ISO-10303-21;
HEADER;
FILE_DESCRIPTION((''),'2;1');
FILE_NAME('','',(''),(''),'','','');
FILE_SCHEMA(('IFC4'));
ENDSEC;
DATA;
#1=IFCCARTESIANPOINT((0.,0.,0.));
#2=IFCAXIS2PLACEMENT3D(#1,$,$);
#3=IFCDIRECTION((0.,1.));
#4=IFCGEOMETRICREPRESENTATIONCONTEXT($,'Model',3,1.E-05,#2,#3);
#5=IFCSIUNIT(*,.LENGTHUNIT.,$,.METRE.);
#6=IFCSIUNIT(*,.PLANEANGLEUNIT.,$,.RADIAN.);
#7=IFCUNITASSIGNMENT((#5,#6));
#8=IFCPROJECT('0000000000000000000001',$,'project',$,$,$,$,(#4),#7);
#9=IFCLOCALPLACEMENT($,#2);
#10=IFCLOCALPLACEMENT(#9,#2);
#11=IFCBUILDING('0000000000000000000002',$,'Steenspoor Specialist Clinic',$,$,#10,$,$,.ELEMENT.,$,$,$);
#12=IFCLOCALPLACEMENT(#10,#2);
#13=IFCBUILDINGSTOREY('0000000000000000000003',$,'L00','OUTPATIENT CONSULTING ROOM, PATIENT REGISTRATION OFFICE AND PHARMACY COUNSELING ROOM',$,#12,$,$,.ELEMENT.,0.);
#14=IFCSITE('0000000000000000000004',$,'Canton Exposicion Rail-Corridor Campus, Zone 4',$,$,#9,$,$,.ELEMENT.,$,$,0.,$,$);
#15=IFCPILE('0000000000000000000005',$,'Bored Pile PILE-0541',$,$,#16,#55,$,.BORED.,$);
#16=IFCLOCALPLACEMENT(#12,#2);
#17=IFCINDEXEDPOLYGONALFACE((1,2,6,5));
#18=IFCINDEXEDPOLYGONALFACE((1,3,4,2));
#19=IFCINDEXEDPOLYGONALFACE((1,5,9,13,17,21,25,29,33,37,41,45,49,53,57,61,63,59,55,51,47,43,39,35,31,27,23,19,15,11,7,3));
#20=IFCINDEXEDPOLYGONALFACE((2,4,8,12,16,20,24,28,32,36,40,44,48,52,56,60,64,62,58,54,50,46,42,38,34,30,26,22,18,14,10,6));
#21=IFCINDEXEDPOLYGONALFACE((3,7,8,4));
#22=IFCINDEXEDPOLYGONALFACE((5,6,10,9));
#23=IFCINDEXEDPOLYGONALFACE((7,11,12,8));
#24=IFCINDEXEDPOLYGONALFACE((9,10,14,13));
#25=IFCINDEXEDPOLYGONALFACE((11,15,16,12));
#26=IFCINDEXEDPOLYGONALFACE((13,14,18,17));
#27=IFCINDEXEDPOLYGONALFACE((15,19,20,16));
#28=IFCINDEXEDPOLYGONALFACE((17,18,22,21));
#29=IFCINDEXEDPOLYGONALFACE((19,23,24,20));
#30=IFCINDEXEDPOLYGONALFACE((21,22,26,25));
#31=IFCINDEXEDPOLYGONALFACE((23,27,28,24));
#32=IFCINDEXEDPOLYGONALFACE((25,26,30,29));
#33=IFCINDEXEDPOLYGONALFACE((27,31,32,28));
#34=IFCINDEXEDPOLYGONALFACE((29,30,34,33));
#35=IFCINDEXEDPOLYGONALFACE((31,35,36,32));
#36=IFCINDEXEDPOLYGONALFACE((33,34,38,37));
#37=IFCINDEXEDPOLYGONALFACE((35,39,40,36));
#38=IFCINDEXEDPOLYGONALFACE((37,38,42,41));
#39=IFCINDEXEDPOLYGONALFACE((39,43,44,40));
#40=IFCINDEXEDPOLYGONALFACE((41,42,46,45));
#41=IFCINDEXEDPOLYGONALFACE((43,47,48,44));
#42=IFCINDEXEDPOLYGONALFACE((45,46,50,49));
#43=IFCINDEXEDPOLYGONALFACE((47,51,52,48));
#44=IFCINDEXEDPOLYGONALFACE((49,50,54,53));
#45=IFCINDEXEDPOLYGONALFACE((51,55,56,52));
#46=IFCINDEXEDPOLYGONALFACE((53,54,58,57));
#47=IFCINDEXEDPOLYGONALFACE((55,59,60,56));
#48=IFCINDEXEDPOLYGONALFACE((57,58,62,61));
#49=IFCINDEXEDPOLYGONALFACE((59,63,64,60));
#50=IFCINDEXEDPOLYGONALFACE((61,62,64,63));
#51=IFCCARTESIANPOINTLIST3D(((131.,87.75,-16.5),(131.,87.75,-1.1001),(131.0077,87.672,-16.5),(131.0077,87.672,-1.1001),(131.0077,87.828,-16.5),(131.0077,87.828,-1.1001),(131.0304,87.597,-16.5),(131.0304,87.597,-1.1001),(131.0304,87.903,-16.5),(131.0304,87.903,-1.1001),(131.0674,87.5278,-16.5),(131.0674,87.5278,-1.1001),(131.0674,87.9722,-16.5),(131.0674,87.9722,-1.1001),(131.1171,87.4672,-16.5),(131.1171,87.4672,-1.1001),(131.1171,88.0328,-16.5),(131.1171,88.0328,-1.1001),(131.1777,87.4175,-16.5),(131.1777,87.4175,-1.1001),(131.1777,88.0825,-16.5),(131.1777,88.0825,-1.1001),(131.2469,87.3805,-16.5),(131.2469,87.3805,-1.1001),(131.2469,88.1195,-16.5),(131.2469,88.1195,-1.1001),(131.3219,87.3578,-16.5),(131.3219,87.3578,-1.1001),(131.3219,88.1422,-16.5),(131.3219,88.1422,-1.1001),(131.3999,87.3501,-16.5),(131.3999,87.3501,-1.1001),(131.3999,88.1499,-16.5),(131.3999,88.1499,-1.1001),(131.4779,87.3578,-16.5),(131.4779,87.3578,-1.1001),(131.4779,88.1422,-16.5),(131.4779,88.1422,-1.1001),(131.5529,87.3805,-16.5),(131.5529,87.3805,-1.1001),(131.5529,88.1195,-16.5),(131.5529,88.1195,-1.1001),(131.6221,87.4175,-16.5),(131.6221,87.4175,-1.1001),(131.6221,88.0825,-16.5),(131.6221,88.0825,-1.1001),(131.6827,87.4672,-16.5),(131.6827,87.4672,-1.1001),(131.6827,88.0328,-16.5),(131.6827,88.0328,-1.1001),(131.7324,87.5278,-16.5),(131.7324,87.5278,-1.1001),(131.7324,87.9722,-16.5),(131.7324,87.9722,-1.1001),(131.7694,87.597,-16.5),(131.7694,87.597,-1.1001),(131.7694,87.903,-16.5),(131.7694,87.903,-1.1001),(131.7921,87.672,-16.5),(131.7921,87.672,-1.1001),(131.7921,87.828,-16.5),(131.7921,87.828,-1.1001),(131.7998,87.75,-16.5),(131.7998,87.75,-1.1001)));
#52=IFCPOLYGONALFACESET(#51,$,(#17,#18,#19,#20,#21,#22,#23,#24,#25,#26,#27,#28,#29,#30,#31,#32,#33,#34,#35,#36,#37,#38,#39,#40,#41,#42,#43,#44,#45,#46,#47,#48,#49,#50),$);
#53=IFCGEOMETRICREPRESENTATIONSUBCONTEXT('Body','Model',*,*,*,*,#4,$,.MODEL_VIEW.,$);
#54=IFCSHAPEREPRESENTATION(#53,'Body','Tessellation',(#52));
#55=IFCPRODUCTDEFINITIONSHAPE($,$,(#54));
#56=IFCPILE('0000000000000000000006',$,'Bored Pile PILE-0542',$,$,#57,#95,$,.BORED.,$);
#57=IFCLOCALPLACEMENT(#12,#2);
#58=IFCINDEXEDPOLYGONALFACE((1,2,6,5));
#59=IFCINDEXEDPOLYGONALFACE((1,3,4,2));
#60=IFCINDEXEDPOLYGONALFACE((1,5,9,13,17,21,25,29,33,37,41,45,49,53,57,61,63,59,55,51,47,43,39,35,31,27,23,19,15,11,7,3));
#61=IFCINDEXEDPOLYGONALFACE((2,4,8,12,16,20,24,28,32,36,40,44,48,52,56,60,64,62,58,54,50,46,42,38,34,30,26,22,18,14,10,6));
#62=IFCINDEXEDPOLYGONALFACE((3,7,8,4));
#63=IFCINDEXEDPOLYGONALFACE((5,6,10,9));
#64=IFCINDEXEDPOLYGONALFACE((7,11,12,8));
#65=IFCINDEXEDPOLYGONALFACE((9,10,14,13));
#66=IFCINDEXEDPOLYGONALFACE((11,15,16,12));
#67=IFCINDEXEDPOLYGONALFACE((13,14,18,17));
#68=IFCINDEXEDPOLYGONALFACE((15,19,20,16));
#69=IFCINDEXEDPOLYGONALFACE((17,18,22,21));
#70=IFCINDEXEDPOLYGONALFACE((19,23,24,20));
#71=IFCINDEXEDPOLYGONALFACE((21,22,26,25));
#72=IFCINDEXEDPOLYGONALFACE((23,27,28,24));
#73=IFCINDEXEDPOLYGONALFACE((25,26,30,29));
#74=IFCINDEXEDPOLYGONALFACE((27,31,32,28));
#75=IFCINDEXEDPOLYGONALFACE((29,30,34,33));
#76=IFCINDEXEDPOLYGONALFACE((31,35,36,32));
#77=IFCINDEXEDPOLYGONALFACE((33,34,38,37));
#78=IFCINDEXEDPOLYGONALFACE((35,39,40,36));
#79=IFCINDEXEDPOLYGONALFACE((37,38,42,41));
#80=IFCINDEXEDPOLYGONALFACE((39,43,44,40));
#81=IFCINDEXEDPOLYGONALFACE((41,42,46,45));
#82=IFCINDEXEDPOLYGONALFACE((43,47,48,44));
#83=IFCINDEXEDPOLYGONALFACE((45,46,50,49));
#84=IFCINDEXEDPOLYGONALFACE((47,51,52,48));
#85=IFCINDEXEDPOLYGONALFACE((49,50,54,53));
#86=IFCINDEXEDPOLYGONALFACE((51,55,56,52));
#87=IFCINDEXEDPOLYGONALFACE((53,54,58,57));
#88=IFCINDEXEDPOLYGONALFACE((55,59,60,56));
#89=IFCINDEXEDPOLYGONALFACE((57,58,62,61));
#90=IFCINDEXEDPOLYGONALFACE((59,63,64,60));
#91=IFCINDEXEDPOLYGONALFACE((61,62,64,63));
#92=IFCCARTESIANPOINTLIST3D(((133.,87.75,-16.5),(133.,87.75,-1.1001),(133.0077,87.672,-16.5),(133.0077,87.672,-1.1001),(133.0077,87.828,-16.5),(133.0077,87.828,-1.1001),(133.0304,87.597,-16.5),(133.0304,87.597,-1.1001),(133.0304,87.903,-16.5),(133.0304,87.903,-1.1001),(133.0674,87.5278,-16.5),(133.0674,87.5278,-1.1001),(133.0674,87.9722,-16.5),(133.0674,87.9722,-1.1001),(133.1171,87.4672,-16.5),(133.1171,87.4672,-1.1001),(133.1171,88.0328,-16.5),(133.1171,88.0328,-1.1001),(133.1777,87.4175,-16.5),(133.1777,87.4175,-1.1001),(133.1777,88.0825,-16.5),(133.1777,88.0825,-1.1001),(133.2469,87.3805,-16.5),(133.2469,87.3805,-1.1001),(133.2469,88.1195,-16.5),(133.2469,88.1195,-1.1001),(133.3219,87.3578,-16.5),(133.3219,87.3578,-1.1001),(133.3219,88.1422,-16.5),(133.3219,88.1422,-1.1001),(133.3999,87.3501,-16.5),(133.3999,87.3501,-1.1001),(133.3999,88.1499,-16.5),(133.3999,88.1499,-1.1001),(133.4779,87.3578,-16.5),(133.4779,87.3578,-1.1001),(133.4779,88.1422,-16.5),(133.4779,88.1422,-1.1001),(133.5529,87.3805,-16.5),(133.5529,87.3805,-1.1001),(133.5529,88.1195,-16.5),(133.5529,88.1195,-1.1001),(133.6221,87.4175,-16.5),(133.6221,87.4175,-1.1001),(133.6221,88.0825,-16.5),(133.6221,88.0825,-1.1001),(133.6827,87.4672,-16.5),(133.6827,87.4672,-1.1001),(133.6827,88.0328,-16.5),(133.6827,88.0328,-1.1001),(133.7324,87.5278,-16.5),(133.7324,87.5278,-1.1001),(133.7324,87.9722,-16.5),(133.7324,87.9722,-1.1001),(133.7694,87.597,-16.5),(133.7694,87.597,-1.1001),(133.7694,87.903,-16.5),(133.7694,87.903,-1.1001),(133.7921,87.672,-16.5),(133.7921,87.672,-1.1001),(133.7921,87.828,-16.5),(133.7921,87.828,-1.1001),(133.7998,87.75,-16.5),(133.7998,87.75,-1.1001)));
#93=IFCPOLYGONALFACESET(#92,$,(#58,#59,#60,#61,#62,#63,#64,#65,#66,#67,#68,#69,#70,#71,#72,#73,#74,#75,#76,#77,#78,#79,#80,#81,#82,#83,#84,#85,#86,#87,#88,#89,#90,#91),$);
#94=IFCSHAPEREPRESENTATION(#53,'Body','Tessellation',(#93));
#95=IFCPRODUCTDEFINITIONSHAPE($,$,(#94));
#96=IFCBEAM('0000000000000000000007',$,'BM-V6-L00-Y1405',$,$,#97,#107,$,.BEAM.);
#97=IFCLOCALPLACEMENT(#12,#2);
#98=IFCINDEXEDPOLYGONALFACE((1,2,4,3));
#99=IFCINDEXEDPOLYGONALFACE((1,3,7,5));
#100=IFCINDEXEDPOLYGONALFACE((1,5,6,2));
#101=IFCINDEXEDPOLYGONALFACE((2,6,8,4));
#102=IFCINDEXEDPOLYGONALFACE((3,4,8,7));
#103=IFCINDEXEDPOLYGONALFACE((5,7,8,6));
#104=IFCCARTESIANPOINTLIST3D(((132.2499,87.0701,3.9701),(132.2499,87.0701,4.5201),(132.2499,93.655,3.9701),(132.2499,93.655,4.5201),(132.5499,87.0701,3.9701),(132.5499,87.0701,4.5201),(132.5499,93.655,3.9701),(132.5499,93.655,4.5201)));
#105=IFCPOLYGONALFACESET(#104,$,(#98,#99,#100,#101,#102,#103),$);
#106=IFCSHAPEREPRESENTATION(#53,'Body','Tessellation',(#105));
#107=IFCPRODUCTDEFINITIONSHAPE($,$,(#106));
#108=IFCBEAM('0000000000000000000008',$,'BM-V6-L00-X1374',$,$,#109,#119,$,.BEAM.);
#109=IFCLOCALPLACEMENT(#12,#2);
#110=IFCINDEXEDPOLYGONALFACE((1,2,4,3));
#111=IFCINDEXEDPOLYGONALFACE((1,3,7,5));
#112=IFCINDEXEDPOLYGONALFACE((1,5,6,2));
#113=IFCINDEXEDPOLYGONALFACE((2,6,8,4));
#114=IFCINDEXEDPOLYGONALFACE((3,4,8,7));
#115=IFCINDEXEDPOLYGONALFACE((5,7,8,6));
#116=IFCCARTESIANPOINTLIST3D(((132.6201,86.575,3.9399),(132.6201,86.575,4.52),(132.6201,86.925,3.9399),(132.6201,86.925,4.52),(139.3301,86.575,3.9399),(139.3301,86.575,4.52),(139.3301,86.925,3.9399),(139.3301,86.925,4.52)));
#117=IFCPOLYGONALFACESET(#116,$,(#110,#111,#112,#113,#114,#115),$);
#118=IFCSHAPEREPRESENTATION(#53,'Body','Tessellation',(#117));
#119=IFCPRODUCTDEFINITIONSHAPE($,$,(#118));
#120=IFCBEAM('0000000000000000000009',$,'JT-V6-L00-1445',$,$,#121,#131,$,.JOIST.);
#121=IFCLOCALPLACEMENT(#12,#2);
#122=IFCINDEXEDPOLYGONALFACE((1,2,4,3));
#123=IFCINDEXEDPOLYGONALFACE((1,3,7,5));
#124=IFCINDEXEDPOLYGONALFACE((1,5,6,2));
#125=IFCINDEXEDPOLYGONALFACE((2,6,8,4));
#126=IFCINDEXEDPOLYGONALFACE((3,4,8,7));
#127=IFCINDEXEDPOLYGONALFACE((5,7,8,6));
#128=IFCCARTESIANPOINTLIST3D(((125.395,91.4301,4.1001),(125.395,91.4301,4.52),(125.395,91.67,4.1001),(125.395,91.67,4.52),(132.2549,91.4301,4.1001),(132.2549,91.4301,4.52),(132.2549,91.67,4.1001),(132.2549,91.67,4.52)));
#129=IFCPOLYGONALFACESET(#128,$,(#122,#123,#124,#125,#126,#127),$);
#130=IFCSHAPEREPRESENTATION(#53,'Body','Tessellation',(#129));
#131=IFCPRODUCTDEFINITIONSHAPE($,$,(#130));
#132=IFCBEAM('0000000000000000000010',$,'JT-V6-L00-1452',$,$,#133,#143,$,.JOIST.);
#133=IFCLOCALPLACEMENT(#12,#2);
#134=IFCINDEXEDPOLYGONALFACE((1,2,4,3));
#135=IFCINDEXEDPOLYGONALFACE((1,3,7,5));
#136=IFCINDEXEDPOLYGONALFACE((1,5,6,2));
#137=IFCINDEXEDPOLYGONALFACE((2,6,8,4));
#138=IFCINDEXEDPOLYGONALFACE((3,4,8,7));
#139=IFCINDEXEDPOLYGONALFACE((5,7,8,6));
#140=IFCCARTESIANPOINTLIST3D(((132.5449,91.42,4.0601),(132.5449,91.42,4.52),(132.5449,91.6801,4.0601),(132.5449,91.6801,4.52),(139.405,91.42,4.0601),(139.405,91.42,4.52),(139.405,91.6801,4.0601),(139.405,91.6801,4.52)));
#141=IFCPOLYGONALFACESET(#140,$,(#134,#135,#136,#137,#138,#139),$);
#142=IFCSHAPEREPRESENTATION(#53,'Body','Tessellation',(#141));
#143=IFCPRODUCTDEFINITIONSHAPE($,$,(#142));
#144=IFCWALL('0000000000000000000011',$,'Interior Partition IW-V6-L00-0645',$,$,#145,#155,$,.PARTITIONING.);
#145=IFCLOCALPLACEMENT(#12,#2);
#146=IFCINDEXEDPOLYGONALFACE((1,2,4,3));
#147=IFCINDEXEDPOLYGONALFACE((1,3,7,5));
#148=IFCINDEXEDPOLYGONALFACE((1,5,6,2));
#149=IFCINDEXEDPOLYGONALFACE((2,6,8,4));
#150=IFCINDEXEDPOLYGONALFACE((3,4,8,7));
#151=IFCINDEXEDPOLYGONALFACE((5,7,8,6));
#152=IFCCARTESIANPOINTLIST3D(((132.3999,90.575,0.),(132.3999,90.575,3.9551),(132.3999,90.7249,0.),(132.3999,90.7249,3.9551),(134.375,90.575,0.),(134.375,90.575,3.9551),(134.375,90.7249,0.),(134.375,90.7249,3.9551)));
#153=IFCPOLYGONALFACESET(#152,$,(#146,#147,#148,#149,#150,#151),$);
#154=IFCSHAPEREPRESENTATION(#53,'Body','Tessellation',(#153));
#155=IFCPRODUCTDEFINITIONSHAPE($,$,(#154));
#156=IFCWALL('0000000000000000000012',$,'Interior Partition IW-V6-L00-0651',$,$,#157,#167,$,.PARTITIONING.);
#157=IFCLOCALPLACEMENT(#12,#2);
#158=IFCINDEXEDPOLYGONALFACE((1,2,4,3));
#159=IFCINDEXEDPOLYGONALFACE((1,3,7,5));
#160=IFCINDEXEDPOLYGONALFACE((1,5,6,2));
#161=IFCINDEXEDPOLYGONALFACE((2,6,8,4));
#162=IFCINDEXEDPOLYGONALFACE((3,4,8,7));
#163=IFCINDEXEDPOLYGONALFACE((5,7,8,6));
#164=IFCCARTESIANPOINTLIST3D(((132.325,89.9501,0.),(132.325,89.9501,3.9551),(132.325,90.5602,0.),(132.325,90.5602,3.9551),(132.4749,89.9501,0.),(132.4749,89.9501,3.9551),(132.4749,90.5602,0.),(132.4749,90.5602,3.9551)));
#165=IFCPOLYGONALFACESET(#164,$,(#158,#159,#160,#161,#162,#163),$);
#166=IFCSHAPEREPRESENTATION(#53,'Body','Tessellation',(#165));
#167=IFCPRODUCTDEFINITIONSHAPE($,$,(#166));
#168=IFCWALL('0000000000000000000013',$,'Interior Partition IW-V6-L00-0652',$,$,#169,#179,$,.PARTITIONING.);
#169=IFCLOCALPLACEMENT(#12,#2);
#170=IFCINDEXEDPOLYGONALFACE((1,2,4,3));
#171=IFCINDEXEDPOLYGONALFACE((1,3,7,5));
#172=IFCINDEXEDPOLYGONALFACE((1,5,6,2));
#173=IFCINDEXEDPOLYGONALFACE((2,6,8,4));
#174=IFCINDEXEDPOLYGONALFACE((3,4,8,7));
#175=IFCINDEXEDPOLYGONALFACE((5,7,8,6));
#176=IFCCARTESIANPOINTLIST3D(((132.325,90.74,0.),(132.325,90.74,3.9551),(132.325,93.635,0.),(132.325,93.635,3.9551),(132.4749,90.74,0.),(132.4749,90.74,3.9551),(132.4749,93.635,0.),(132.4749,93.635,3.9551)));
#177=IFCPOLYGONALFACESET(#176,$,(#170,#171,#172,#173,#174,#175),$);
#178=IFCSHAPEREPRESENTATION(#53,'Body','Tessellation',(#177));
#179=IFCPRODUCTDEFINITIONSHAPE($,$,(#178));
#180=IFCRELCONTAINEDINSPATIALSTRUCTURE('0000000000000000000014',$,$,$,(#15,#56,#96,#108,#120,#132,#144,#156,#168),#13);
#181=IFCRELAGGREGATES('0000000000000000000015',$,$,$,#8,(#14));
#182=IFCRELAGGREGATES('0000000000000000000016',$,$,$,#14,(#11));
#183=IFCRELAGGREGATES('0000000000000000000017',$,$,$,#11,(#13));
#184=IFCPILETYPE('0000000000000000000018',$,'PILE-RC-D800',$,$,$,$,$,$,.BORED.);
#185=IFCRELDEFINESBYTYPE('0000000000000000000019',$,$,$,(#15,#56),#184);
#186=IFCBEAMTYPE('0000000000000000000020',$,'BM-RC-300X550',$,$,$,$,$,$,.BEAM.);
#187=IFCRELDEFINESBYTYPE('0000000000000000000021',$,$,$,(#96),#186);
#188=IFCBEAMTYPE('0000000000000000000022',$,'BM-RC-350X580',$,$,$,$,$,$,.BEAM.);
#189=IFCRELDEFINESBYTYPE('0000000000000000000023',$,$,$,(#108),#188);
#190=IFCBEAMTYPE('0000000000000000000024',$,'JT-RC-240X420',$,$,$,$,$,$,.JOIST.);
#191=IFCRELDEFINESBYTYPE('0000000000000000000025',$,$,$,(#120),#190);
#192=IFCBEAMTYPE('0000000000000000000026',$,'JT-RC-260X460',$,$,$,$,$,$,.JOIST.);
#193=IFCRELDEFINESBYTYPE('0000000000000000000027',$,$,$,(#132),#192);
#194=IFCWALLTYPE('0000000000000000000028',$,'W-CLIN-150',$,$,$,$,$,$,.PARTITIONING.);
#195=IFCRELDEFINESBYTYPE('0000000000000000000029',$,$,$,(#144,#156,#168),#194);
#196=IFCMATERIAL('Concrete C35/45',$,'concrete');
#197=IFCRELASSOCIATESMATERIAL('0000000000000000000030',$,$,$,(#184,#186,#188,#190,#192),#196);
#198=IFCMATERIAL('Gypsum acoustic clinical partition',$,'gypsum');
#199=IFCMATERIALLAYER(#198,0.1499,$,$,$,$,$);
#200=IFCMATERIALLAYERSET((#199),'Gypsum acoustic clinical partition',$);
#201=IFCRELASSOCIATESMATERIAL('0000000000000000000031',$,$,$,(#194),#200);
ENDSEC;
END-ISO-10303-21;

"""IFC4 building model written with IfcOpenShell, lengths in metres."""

from ifc_helpers import new_model, si_unit, direction, frame, frame_2d, origin, origin_2d, place, context, subcontext, project, spatial, rectangle, circle, extrude, material, layer, layer_set, material_profile, profile_set, type_object, element, save


model = new_model("IFC4")

# Units and contexts
model_context = context("Model", 3, precision=1e-05, world=origin(), true_north=direction((0.0, 1.0)))
body_context = subcontext(model_context, "Body", "Model", "MODEL_VIEW")
ifc_project = project(units=[si_unit("LENGTHUNIT", "METRE"), si_unit("PLANEANGLEUNIT", "RADIAN")], contexts=[model_context])

# Site, building, storey
site_placement = place(None, origin())
site = spatial("IfcSite", under=ifc_project, at=site_placement, Name="Canton Exposicion Rail-Corridor Campus, Zone 4", CompositionType="ELEMENT", RefElevation=0.0)
building_placement = place(site_placement, origin())
building = spatial("IfcBuilding", under=site, at=building_placement, Name="Steenspoor Specialist Clinic", CompositionType="ELEMENT")
storey_placement = place(building_placement, origin())
storey = spatial("IfcBuildingStorey", under=building, at=storey_placement, Name="L00", Description="OUTPATIENT CONSULTING ROOM, PATIENT REGISTRATION OFFICE AND PHARMACY COUNSELING ROOM", CompositionType="ELEMENT", Elevation=0.0)

# Shared definitions
ifc_material_1 = material(Name="Concrete C35/45", Category="concrete")

# Piles
ifc_material_profile_1 = material_profile(ifc_material_1, circle(Radius=0.3999, at=origin_2d()), Name="PILE-D800")
ifc_profile_set_1 = profile_set([ifc_material_profile_1], Name="Concrete C35/45")
pile_type_1 = type_object("IfcPileType", Name="PILE-RC-D800", PredefinedType="BORED", material=ifc_profile_set_1)
for number, where, z_axis, x_axis, name in (
    (1, (131.3999, 87.75, -1.1001), (0.0, 0.0, -1.0), (1.0, 0.0, 0.0), "Bored Pile PILE-0541"),
    (2, (133.3999, 87.75, -1.1001), (0.0, 0.0, -1.0), (1.0, 0.0, 0.0), "Bored Pile PILE-0542"),
):
    element("IfcPile", number, at=place(storey_placement, frame(where, z_axis=z_axis, x_axis=x_axis)), inside=storey, type_object=pile_type_1, Name=name, PredefinedType="BORED", context=body_context, shape_type="SweptSolid", body=[
        extrude(circle(Radius=0.3999, at=origin_2d()), origin(), (0.0, 0.0, 1.0), 15.3999),
    ])

# Beams
ifc_material_profile_2 = material_profile(ifc_material_1, rectangle(XDim=0.3, YDim=0.55, at=origin_2d()), Name="RC-BM-300X550")
ifc_profile_set_2 = profile_set([ifc_material_profile_2], Name="Concrete C35/45")
beam_type_1 = type_object("IfcBeamType", Name="BM-RC-300X550", PredefinedType="BEAM", material=ifc_profile_set_2)
beam_1_placement = place(storey_placement, frame((132.3999, 87.0701, 4.2451), z_axis=(0.0, 1.0, 0.0), x_axis=(-1.0, 0.0, 0.0)))
element("IfcBeam", 3, at=beam_1_placement, inside=storey, type_object=beam_type_1, Name="BM-V6-L00-Y1405", PredefinedType="BEAM", context=body_context, shape_type="SweptSolid", body=[
    extrude(rectangle(XDim=0.3, YDim=0.55, at=origin_2d()), origin(), (0.0, 0.0, 1.0), 6.585),
])
ifc_material_profile_3 = material_profile(ifc_material_1, rectangle(XDim=0.3501, YDim=0.5801, at=origin_2d()), Name="RC-BM-350X580")
ifc_profile_set_3 = profile_set([ifc_material_profile_3], Name="Concrete C35/45")
beam_type_2 = type_object("IfcBeamType", Name="BM-RC-350X580", PredefinedType="BEAM", material=ifc_profile_set_3)
beam_2_placement = place(storey_placement, frame((132.6201, 86.75, 4.23), z_axis=(1.0, 0.0, 0.0), x_axis=(0.0, 1.0, 0.0)))
element("IfcBeam", 4, at=beam_2_placement, inside=storey, type_object=beam_type_2, Name="BM-V6-L00-X1374", PredefinedType="BEAM", context=body_context, shape_type="SweptSolid", body=[
    extrude(rectangle(XDim=0.3501, YDim=0.5801, at=origin_2d()), origin(), (0.0, 0.0, 1.0), 6.71),
])
ifc_material_profile_4 = material_profile(ifc_material_1, rectangle(XDim=0.24, YDim=0.4199, at=origin_2d()), Name="RC-JT-240X420")
ifc_profile_set_4 = profile_set([ifc_material_profile_4], Name="Concrete C35/45")
beam_type_3 = type_object("IfcBeamType", Name="JT-RC-240X420", PredefinedType="JOIST", material=ifc_profile_set_4)
beam_3_placement = place(storey_placement, frame((125.395, 91.55, 4.3101), z_axis=(1.0, 0.0, 0.0), x_axis=(0.0, 1.0, 0.0)))
element("IfcBeam", 5, at=beam_3_placement, inside=storey, type_object=beam_type_3, Name="JT-V6-L00-1445", PredefinedType="JOIST", context=body_context, shape_type="SweptSolid", body=[
    extrude(rectangle(XDim=0.24, YDim=0.4199, at=origin_2d()), origin(), (0.0, 0.0, 1.0), 6.8599),
])
ifc_material_profile_5 = material_profile(ifc_material_1, rectangle(XDim=0.26, YDim=0.46, at=origin_2d()), Name="RC-JT-260X460")
ifc_profile_set_5 = profile_set([ifc_material_profile_5], Name="Concrete C35/45")
beam_type_4 = type_object("IfcBeamType", Name="JT-RC-260X460", PredefinedType="JOIST", material=ifc_profile_set_5)
beam_4_placement = place(storey_placement, frame((132.5449, 91.55, 4.29), z_axis=(1.0, 0.0, 0.0), x_axis=(0.0, 1.0, 0.0)))
element("IfcBeam", 6, at=beam_4_placement, inside=storey, type_object=beam_type_4, Name="JT-V6-L00-1452", PredefinedType="JOIST", context=body_context, shape_type="SweptSolid", body=[
    extrude(rectangle(XDim=0.26, YDim=0.46, at=origin_2d()), origin(), (0.0, 0.0, 1.0), 6.8601),
])

# Walls
ifc_material_2 = material(Name="Gypsum acoustic clinical partition", Category="gypsum")
ifc_layer_1 = layer(ifc_material_2, 0.1499)
ifc_layer_set_1 = layer_set([ifc_layer_1], Name="Gypsum acoustic clinical partition")
wall_type_1 = type_object("IfcWallType", Name="W-CLIN-150", PredefinedType="PARTITIONING", material=ifc_layer_set_1)
wall_1_placement = place(storey_placement, frame((132.3999, 90.6499, 0.0), z_axis=(0.0, 0.0, 1.0), x_axis=(1.0, 0.0, 0.0)))
element("IfcWall", 7, at=wall_1_placement, inside=storey, type_object=wall_type_1, Name="Interior Partition IW-V6-L00-0645", PredefinedType="PARTITIONING", context=body_context, shape_type="SweptSolid", body=[
    extrude(rectangle(XDim=1.9751, YDim=0.1499, at=frame_2d((0.9875, 0.0))), origin(), (0.0, 0.0, 1.0), 3.9551),
])
wall_2_placement = place(storey_placement, frame((132.3999, 89.95, 0.0), z_axis=(0.0, 0.0, 1.0), x_axis=(0.0, 1.0, 0.0)))
element("IfcWall", 8, at=wall_2_placement, inside=storey, type_object=wall_type_1, Name="Interior Partition IW-V6-L00-0651", PredefinedType="PARTITIONING", context=body_context, shape_type="SweptSolid", body=[
    extrude(rectangle(XDim=0.6101, YDim=0.1499, at=frame_2d((0.3052, 0.0))), origin(), (0.0, 0.0, 1.0), 3.9551),
])
wall_3_placement = place(storey_placement, frame((132.3999, 90.74, 0.0), z_axis=(0.0, 0.0, 1.0), x_axis=(0.0, 1.0, 0.0)))
element("IfcWall", 9, at=wall_3_placement, inside=storey, type_object=wall_type_1, Name="Interior Partition IW-V6-L00-0652", PredefinedType="PARTITIONING", context=body_context, shape_type="SweptSolid", body=[
    extrude(rectangle(XDim=2.895, YDim=0.1499, at=frame_2d((1.4475, 0.0))), origin(), (0.0, 0.0, 1.0), 3.9551),
])

save(model, "model.ifc")
